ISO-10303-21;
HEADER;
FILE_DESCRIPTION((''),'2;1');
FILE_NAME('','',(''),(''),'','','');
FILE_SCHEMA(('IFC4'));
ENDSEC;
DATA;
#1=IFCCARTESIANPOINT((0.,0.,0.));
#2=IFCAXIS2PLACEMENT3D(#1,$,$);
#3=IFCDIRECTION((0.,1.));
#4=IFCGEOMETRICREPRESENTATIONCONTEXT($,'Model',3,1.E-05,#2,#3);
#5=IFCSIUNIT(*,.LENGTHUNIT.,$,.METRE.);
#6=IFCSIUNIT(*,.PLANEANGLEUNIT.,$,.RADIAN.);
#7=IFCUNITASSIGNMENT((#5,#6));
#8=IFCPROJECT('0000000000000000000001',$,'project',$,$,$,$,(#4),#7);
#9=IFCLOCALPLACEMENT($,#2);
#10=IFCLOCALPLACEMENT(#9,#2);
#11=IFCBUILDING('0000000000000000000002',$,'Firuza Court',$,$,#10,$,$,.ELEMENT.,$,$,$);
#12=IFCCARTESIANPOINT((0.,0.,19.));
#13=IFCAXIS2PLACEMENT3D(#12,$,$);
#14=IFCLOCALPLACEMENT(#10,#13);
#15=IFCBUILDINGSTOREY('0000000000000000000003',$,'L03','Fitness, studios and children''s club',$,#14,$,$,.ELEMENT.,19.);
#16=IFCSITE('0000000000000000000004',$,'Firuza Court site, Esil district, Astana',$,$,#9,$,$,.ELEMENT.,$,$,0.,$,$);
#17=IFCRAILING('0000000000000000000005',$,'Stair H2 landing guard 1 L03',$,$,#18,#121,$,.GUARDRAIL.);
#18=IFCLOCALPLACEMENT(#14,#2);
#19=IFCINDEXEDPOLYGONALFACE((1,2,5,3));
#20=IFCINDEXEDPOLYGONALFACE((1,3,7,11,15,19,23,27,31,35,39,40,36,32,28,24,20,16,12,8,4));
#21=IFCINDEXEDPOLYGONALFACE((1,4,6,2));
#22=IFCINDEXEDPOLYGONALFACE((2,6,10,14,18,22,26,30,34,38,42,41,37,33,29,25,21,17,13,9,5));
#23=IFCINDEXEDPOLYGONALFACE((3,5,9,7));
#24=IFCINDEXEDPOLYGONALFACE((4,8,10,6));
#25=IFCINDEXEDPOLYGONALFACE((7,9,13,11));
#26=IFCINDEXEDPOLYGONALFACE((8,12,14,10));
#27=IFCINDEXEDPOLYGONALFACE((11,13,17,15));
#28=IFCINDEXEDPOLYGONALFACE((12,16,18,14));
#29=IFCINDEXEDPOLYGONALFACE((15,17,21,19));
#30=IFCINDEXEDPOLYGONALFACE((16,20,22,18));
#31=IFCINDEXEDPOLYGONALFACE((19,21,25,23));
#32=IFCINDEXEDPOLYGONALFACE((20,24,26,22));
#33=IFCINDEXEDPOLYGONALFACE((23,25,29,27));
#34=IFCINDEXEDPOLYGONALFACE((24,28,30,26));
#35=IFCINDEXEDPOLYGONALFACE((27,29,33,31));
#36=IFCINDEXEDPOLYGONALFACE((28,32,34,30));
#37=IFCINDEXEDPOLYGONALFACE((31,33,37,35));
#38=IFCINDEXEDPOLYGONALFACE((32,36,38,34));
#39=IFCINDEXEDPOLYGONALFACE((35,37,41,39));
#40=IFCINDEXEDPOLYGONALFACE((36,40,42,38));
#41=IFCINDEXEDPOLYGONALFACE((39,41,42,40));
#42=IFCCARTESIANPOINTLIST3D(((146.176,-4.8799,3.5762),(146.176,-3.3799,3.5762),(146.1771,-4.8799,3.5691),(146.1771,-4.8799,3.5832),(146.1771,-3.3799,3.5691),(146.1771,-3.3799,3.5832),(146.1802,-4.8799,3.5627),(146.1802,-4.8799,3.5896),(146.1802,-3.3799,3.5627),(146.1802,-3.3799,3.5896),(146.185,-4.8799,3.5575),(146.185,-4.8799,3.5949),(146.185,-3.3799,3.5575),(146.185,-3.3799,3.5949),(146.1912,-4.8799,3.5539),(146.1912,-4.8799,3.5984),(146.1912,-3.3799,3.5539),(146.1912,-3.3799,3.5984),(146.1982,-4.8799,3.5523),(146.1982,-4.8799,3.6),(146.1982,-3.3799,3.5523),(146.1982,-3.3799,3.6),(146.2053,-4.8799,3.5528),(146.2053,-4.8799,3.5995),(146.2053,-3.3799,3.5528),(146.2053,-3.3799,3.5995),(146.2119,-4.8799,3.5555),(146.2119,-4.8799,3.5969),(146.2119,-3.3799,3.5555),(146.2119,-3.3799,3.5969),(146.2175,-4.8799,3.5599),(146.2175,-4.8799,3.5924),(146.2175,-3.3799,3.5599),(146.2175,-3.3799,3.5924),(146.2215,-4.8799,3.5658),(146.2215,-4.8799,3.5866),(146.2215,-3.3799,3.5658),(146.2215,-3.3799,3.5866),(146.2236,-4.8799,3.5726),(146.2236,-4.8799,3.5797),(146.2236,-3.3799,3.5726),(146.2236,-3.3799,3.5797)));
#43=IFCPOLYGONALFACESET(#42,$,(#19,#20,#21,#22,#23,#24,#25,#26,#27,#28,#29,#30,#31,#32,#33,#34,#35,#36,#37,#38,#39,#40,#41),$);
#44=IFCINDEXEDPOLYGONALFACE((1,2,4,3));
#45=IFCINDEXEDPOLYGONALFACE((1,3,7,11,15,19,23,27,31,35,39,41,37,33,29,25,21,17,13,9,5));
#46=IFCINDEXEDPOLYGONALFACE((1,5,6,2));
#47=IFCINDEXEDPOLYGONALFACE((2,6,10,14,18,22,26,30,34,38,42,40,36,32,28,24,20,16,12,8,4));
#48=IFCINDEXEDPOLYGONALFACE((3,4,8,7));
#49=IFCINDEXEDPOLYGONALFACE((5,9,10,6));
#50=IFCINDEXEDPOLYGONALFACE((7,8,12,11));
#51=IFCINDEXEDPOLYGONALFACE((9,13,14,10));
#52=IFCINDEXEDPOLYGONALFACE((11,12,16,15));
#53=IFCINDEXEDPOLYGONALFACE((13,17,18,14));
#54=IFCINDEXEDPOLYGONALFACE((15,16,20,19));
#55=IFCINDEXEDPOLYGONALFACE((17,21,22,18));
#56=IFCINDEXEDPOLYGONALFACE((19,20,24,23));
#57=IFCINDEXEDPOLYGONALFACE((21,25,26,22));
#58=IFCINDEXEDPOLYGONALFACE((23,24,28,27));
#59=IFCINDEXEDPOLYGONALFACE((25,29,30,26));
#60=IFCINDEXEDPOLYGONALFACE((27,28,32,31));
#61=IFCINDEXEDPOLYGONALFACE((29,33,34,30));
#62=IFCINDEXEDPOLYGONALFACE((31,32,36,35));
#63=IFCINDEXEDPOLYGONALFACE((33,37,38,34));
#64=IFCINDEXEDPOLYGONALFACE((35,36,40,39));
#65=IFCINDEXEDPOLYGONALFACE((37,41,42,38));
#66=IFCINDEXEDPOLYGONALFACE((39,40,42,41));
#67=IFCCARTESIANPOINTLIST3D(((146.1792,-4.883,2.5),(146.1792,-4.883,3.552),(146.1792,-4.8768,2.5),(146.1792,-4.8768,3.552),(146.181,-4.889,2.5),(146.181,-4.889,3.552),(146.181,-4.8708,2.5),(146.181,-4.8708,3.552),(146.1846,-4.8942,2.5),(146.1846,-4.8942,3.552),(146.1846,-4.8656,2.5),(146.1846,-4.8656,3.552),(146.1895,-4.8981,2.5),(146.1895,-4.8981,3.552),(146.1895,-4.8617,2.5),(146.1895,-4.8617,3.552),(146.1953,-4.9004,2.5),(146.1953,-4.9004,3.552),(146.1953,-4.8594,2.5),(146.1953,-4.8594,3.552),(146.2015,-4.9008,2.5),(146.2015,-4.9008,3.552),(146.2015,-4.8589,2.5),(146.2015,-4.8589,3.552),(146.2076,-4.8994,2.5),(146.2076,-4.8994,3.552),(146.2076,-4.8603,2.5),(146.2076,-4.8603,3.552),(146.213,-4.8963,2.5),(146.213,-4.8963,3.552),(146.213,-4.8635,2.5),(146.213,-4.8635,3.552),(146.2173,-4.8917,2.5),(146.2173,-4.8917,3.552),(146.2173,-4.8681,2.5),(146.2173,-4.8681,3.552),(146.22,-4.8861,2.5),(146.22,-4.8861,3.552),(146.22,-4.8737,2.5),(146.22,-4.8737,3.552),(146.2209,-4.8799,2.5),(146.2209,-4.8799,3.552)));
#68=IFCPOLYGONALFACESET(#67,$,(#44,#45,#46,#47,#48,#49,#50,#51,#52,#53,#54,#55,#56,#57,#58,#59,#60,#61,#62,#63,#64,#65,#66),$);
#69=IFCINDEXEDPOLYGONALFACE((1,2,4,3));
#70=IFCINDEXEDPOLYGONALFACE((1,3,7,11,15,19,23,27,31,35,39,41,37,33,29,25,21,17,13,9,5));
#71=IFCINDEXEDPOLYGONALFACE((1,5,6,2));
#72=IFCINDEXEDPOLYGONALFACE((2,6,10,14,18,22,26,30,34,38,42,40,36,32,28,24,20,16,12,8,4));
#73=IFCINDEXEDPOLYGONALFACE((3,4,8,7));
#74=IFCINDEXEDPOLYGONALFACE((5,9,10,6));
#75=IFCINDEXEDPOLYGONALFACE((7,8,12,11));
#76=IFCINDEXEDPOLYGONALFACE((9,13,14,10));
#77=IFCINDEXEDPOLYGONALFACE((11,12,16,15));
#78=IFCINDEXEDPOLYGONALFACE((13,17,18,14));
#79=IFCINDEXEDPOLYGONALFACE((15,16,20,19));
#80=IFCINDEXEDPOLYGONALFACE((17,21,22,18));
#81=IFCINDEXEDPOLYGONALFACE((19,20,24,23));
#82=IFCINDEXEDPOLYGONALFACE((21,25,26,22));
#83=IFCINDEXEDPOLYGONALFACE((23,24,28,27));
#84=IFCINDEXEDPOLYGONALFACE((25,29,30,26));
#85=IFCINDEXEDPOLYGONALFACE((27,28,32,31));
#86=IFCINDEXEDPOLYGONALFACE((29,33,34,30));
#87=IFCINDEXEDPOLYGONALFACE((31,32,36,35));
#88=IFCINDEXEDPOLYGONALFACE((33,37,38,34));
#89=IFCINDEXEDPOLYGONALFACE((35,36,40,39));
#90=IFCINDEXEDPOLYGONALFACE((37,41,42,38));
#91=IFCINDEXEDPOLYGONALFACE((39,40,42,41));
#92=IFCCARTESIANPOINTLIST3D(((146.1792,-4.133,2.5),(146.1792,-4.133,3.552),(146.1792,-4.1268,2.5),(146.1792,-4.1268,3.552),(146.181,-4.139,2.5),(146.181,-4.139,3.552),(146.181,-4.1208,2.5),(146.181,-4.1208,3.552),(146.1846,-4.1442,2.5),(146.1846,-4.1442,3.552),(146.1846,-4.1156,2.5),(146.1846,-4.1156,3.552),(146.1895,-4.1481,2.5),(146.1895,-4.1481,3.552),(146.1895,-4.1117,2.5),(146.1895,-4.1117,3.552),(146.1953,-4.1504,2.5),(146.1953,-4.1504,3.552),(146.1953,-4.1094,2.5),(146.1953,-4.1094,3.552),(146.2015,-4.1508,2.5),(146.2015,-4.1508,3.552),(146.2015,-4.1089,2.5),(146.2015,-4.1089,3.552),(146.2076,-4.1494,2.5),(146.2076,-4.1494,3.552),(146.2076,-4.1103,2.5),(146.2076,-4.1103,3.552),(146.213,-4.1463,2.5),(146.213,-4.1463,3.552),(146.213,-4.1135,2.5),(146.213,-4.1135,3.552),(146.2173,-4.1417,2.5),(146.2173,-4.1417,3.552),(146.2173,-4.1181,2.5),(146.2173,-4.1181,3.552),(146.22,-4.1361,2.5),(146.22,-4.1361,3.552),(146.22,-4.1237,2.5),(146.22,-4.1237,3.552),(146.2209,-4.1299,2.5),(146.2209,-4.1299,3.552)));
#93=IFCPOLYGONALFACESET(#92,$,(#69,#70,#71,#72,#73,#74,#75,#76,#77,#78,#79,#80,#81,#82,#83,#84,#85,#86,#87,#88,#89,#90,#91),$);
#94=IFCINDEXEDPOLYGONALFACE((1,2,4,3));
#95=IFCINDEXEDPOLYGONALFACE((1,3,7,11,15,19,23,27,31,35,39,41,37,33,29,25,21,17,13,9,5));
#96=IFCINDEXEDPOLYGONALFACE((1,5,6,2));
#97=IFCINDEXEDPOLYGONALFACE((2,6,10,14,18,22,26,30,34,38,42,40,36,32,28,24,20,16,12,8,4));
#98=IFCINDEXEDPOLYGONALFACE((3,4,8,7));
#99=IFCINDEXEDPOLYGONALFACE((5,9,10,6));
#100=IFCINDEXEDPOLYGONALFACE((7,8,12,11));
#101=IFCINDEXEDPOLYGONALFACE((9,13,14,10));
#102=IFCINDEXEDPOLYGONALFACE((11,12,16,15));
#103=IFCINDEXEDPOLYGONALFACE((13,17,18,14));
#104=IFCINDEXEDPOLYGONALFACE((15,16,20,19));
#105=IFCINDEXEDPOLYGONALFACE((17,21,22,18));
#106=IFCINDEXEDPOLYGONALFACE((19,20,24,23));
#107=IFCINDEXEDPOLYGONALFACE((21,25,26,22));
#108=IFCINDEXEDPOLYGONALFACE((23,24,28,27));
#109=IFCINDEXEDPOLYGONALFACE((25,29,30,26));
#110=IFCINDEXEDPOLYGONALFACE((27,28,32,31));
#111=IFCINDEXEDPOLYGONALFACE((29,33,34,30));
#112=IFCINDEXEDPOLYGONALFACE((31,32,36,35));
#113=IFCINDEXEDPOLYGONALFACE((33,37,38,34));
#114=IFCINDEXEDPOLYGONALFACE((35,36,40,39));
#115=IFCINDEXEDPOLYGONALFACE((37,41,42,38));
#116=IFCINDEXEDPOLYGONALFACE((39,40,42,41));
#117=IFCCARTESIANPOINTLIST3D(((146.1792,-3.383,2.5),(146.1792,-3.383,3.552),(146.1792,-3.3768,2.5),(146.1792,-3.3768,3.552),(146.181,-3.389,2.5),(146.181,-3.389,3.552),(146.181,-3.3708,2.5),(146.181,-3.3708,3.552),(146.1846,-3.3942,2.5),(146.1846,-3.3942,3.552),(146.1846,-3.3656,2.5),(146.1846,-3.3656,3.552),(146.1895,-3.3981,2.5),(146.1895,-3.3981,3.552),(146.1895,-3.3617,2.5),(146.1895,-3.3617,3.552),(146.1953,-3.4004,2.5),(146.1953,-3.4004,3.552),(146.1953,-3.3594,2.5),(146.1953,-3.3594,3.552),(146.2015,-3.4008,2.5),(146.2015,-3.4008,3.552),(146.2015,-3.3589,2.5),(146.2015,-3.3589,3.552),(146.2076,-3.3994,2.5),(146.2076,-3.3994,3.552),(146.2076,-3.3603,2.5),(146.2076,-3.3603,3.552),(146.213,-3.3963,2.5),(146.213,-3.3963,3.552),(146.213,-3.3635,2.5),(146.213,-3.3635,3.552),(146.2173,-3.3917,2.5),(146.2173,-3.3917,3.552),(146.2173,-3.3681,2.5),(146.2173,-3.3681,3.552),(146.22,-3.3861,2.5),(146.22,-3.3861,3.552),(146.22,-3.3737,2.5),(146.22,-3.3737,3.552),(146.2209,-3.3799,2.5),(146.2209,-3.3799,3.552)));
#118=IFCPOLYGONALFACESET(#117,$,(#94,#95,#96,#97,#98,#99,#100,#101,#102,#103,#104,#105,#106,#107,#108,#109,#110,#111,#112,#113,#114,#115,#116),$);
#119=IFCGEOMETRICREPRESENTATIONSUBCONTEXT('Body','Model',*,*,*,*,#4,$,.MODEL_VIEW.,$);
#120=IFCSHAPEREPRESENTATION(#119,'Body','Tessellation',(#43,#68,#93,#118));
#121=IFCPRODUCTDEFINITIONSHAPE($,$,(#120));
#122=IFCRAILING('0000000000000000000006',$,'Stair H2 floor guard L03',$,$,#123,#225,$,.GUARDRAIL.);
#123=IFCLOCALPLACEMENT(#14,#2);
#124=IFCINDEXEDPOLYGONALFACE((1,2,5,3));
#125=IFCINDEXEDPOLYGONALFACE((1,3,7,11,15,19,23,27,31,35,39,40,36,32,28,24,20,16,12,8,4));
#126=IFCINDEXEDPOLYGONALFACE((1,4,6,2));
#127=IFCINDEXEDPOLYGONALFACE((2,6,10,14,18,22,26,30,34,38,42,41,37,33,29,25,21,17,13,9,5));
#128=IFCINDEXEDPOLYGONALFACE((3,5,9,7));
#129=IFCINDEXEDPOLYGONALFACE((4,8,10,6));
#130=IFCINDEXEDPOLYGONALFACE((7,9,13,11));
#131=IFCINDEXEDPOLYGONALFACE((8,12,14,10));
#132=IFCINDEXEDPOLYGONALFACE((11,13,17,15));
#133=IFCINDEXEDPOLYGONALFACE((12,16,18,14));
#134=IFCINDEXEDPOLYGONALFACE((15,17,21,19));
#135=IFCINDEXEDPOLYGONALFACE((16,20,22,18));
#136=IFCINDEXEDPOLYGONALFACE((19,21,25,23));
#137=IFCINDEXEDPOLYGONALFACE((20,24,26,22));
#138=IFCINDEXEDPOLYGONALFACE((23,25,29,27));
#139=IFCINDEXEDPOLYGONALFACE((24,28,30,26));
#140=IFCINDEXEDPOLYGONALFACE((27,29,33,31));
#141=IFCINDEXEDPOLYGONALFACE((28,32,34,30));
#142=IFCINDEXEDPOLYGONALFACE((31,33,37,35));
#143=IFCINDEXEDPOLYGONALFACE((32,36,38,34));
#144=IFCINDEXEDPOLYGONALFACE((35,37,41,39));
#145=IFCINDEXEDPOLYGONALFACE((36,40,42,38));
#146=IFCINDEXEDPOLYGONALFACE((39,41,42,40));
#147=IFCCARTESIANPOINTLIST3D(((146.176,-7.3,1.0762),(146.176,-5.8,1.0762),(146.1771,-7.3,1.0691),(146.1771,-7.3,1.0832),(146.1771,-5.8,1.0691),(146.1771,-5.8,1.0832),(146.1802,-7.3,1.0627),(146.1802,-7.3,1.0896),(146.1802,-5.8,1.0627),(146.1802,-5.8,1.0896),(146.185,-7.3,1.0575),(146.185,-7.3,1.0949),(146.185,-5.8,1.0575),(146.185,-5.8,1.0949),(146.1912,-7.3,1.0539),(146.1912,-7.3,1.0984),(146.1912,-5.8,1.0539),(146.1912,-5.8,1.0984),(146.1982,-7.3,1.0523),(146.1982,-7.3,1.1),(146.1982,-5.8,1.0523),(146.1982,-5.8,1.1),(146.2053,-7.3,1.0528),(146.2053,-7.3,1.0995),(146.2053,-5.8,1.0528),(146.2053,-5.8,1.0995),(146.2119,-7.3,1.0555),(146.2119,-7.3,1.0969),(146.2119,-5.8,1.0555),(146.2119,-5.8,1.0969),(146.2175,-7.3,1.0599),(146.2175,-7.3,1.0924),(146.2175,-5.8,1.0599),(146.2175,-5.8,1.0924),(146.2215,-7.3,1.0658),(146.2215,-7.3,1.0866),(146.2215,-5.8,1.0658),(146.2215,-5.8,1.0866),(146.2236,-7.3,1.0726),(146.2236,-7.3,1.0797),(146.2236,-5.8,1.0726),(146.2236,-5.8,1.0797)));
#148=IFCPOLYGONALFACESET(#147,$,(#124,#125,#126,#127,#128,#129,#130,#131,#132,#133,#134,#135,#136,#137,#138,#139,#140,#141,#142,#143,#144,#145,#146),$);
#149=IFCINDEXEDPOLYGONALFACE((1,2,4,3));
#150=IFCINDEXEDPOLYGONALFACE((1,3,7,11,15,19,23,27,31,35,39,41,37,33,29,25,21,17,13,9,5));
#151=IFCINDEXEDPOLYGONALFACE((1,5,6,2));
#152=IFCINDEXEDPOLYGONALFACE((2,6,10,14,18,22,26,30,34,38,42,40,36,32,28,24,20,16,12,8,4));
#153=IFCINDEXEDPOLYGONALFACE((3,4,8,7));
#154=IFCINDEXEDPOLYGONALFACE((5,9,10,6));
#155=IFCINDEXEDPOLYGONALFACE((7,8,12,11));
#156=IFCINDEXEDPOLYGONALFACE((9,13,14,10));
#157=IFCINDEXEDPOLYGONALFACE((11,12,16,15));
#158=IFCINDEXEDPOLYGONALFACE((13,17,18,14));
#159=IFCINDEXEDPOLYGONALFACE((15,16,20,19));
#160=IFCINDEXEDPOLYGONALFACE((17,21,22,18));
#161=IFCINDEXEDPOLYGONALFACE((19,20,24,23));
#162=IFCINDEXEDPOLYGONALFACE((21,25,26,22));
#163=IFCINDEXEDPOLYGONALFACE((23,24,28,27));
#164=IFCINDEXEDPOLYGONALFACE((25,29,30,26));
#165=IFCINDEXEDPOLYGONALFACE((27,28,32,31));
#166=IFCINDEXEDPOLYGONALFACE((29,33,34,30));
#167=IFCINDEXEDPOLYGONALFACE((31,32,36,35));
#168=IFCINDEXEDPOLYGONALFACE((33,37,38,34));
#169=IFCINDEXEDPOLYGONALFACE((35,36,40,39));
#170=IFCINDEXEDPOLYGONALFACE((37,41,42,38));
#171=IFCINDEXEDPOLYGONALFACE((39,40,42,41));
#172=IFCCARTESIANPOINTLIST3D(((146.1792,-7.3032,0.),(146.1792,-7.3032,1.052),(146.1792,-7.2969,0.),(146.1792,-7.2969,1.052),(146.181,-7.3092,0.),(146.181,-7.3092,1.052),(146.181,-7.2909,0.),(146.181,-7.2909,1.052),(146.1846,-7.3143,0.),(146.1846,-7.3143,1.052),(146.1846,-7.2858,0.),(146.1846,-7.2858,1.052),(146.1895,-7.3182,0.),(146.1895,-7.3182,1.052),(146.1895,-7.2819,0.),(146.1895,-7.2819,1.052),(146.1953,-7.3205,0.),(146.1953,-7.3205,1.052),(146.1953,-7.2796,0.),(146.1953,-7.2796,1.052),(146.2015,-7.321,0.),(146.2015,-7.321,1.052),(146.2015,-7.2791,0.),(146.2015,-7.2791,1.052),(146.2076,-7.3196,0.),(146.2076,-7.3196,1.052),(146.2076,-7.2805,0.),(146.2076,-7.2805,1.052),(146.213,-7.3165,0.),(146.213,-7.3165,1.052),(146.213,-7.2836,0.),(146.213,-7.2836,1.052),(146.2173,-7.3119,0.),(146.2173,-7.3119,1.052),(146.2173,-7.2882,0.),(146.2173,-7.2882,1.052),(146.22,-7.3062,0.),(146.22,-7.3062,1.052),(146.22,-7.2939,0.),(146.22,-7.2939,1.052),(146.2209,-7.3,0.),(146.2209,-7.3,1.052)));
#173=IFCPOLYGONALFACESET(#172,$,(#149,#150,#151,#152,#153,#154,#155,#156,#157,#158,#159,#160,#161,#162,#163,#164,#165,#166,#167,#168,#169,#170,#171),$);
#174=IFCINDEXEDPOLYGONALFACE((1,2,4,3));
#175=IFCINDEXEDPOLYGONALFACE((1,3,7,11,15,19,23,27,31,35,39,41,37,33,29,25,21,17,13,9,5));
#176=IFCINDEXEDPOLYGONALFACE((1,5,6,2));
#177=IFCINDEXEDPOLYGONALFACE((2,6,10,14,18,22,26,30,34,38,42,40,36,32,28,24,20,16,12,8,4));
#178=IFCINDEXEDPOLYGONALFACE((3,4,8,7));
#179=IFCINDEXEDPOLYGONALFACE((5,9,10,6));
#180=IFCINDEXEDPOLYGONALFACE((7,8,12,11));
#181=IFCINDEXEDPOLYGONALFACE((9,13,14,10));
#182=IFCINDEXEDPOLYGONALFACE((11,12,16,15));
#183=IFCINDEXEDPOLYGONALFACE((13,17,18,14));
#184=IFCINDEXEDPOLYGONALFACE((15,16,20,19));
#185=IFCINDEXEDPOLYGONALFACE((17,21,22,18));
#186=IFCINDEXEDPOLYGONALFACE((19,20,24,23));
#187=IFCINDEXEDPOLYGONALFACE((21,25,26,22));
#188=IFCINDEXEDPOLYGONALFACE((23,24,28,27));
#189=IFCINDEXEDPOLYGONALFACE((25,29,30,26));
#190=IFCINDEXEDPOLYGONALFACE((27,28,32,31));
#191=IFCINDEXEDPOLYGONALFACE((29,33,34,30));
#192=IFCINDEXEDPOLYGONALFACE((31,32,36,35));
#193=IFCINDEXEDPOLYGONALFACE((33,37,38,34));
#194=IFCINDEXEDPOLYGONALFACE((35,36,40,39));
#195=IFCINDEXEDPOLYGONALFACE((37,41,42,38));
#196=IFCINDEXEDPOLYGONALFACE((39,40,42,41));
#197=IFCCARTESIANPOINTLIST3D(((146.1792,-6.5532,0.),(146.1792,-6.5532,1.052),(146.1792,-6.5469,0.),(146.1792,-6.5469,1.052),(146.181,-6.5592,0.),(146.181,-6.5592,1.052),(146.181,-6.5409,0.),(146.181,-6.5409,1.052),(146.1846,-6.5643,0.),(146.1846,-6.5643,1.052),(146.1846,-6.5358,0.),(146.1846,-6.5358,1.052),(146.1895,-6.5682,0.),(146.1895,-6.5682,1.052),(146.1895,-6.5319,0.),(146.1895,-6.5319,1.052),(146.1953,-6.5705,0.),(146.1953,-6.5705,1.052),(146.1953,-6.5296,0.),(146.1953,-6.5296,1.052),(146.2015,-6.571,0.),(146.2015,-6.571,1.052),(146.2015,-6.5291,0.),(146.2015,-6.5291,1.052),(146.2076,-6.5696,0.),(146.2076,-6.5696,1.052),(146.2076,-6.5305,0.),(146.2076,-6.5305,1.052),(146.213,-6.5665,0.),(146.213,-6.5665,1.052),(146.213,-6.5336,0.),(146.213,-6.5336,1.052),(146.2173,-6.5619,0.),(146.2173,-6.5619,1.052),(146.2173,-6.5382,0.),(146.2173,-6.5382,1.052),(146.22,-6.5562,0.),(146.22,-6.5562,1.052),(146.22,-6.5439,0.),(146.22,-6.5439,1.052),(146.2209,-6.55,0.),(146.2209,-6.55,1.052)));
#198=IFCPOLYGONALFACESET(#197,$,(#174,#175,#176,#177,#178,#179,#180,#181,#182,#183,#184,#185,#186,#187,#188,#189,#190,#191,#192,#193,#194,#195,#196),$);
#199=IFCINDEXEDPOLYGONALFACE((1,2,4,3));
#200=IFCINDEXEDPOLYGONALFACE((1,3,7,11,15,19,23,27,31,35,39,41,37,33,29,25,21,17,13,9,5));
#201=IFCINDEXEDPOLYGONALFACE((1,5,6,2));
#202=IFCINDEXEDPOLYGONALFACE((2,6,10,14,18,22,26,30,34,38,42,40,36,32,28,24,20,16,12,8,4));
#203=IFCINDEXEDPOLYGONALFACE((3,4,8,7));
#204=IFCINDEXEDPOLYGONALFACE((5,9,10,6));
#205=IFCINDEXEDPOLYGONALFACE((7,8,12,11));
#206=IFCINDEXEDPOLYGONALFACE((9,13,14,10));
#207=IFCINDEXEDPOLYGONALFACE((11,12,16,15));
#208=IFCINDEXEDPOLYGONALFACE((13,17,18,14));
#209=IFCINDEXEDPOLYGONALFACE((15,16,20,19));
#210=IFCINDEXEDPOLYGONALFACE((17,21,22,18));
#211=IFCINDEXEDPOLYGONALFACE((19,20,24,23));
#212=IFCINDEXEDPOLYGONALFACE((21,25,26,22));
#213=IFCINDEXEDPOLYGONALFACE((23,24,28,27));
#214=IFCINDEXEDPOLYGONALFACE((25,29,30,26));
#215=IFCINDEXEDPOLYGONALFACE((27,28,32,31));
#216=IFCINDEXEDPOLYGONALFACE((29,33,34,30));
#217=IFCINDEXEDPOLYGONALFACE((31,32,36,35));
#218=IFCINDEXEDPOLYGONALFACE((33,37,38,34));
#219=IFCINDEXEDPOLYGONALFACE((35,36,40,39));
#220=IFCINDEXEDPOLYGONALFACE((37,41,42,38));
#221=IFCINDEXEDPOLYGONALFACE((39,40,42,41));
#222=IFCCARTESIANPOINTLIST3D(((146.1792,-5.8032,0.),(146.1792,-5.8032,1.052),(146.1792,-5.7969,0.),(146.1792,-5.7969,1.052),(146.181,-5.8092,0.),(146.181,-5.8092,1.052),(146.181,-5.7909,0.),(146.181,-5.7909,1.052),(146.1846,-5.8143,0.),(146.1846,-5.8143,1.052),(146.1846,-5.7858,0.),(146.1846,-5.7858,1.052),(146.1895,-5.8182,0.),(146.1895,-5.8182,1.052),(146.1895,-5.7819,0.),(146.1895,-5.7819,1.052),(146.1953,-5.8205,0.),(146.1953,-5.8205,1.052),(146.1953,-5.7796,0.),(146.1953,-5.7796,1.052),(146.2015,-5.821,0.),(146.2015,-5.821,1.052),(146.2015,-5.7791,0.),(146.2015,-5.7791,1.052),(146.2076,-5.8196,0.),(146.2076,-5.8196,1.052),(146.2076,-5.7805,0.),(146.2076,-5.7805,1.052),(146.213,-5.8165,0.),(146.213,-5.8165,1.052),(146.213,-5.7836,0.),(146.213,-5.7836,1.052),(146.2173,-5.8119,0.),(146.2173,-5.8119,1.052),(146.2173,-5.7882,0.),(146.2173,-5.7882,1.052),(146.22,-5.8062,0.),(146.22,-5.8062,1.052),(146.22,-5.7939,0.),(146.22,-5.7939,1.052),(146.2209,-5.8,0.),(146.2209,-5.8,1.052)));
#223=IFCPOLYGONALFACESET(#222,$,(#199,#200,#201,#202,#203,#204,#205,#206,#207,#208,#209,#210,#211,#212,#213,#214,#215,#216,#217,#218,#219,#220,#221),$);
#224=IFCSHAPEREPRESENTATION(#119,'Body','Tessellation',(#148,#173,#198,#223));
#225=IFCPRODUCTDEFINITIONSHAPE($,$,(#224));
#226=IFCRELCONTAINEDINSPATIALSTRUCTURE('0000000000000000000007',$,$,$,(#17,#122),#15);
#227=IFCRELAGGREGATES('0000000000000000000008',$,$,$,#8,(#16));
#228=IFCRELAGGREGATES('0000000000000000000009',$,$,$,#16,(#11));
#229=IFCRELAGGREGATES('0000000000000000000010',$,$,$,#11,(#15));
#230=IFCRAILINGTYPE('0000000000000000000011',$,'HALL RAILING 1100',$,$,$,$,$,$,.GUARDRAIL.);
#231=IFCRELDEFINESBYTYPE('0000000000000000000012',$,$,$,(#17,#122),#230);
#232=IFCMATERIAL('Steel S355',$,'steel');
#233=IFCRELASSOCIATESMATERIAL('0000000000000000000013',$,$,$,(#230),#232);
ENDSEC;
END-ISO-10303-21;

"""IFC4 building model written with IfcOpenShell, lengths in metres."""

from ifc_helpers import new_model, si_unit, direction, frame, origin, origin_2d, place, context, subcontext, project, spatial, circle, extrude, material, type_object, element, save


model = new_model("IFC4")

# Units and contexts
model_context = context("Model", 3, precision=1e-05, world=origin(), true_north=direction((0.0, 1.0)))
body_context = subcontext(model_context, "Body", "Model", "MODEL_VIEW")
ifc_project = project(units=[si_unit("LENGTHUNIT", "METRE"), si_unit("PLANEANGLEUNIT", "RADIAN")], contexts=[model_context])

# Site, building, storey
site_placement = place(None, origin())
site = spatial("IfcSite", under=ifc_project, at=site_placement, Name="Firuza Court site, Esil district, Astana", CompositionType="ELEMENT", RefElevation=0.0)
building_placement = place(site_placement, origin())
building = spatial("IfcBuilding", under=site, at=building_placement, Name="Firuza Court", CompositionType="ELEMENT")
storey_placement = place(building_placement, frame((0.0, 0.0, 19.0)))
storey = spatial("IfcBuildingStorey", under=building, at=storey_placement, Name="L03", Description="Fitness, studios and children's club", CompositionType="ELEMENT", Elevation=19.0)

# Railings
ifc_material_1 = material(Name="Steel S355", Category="steel")
railing_type_1 = type_object("IfcRailingType", Name="HALL RAILING 1100", PredefinedType="GUARDRAIL", material=ifc_material_1)
for number, where, name in (
    (1, (146.2, -4.8799, 2.5), "Stair H2 landing guard 1 L03"),
    (2, (146.2, -7.3, 0.0), "Stair H2 floor guard L03"),
):
    element("IfcRailing", number, at=place(storey_placement, frame(where)), inside=storey, type_object=railing_type_1, Name=name, PredefinedType="GUARDRAIL", context=body_context, shape_type="SweptSolid", body=[
        extrude(circle(Radius=0.0239, at=origin_2d()), frame((0.0, 0.0, 1.0762), z_axis=(0.0, 1.0, 0.0), x_axis=(-1.0, 0.0, 0.0)), (0.0, 0.0, 1.0), 1.5),
        extrude(circle(Radius=0.021, at=origin_2d()), origin(), (0.0, 0.0, 1.0), 1.052),
        extrude(circle(Radius=0.021, at=origin_2d()), frame((0.0, 0.75, 0.0)), (0.0, 0.0, 1.0), 1.052),
        extrude(circle(Radius=0.021, at=origin_2d()), frame((0.0, 1.5, 0.0)), (0.0, 0.0, 1.0), 1.052),
    ])

save(model, "model.ifc")
